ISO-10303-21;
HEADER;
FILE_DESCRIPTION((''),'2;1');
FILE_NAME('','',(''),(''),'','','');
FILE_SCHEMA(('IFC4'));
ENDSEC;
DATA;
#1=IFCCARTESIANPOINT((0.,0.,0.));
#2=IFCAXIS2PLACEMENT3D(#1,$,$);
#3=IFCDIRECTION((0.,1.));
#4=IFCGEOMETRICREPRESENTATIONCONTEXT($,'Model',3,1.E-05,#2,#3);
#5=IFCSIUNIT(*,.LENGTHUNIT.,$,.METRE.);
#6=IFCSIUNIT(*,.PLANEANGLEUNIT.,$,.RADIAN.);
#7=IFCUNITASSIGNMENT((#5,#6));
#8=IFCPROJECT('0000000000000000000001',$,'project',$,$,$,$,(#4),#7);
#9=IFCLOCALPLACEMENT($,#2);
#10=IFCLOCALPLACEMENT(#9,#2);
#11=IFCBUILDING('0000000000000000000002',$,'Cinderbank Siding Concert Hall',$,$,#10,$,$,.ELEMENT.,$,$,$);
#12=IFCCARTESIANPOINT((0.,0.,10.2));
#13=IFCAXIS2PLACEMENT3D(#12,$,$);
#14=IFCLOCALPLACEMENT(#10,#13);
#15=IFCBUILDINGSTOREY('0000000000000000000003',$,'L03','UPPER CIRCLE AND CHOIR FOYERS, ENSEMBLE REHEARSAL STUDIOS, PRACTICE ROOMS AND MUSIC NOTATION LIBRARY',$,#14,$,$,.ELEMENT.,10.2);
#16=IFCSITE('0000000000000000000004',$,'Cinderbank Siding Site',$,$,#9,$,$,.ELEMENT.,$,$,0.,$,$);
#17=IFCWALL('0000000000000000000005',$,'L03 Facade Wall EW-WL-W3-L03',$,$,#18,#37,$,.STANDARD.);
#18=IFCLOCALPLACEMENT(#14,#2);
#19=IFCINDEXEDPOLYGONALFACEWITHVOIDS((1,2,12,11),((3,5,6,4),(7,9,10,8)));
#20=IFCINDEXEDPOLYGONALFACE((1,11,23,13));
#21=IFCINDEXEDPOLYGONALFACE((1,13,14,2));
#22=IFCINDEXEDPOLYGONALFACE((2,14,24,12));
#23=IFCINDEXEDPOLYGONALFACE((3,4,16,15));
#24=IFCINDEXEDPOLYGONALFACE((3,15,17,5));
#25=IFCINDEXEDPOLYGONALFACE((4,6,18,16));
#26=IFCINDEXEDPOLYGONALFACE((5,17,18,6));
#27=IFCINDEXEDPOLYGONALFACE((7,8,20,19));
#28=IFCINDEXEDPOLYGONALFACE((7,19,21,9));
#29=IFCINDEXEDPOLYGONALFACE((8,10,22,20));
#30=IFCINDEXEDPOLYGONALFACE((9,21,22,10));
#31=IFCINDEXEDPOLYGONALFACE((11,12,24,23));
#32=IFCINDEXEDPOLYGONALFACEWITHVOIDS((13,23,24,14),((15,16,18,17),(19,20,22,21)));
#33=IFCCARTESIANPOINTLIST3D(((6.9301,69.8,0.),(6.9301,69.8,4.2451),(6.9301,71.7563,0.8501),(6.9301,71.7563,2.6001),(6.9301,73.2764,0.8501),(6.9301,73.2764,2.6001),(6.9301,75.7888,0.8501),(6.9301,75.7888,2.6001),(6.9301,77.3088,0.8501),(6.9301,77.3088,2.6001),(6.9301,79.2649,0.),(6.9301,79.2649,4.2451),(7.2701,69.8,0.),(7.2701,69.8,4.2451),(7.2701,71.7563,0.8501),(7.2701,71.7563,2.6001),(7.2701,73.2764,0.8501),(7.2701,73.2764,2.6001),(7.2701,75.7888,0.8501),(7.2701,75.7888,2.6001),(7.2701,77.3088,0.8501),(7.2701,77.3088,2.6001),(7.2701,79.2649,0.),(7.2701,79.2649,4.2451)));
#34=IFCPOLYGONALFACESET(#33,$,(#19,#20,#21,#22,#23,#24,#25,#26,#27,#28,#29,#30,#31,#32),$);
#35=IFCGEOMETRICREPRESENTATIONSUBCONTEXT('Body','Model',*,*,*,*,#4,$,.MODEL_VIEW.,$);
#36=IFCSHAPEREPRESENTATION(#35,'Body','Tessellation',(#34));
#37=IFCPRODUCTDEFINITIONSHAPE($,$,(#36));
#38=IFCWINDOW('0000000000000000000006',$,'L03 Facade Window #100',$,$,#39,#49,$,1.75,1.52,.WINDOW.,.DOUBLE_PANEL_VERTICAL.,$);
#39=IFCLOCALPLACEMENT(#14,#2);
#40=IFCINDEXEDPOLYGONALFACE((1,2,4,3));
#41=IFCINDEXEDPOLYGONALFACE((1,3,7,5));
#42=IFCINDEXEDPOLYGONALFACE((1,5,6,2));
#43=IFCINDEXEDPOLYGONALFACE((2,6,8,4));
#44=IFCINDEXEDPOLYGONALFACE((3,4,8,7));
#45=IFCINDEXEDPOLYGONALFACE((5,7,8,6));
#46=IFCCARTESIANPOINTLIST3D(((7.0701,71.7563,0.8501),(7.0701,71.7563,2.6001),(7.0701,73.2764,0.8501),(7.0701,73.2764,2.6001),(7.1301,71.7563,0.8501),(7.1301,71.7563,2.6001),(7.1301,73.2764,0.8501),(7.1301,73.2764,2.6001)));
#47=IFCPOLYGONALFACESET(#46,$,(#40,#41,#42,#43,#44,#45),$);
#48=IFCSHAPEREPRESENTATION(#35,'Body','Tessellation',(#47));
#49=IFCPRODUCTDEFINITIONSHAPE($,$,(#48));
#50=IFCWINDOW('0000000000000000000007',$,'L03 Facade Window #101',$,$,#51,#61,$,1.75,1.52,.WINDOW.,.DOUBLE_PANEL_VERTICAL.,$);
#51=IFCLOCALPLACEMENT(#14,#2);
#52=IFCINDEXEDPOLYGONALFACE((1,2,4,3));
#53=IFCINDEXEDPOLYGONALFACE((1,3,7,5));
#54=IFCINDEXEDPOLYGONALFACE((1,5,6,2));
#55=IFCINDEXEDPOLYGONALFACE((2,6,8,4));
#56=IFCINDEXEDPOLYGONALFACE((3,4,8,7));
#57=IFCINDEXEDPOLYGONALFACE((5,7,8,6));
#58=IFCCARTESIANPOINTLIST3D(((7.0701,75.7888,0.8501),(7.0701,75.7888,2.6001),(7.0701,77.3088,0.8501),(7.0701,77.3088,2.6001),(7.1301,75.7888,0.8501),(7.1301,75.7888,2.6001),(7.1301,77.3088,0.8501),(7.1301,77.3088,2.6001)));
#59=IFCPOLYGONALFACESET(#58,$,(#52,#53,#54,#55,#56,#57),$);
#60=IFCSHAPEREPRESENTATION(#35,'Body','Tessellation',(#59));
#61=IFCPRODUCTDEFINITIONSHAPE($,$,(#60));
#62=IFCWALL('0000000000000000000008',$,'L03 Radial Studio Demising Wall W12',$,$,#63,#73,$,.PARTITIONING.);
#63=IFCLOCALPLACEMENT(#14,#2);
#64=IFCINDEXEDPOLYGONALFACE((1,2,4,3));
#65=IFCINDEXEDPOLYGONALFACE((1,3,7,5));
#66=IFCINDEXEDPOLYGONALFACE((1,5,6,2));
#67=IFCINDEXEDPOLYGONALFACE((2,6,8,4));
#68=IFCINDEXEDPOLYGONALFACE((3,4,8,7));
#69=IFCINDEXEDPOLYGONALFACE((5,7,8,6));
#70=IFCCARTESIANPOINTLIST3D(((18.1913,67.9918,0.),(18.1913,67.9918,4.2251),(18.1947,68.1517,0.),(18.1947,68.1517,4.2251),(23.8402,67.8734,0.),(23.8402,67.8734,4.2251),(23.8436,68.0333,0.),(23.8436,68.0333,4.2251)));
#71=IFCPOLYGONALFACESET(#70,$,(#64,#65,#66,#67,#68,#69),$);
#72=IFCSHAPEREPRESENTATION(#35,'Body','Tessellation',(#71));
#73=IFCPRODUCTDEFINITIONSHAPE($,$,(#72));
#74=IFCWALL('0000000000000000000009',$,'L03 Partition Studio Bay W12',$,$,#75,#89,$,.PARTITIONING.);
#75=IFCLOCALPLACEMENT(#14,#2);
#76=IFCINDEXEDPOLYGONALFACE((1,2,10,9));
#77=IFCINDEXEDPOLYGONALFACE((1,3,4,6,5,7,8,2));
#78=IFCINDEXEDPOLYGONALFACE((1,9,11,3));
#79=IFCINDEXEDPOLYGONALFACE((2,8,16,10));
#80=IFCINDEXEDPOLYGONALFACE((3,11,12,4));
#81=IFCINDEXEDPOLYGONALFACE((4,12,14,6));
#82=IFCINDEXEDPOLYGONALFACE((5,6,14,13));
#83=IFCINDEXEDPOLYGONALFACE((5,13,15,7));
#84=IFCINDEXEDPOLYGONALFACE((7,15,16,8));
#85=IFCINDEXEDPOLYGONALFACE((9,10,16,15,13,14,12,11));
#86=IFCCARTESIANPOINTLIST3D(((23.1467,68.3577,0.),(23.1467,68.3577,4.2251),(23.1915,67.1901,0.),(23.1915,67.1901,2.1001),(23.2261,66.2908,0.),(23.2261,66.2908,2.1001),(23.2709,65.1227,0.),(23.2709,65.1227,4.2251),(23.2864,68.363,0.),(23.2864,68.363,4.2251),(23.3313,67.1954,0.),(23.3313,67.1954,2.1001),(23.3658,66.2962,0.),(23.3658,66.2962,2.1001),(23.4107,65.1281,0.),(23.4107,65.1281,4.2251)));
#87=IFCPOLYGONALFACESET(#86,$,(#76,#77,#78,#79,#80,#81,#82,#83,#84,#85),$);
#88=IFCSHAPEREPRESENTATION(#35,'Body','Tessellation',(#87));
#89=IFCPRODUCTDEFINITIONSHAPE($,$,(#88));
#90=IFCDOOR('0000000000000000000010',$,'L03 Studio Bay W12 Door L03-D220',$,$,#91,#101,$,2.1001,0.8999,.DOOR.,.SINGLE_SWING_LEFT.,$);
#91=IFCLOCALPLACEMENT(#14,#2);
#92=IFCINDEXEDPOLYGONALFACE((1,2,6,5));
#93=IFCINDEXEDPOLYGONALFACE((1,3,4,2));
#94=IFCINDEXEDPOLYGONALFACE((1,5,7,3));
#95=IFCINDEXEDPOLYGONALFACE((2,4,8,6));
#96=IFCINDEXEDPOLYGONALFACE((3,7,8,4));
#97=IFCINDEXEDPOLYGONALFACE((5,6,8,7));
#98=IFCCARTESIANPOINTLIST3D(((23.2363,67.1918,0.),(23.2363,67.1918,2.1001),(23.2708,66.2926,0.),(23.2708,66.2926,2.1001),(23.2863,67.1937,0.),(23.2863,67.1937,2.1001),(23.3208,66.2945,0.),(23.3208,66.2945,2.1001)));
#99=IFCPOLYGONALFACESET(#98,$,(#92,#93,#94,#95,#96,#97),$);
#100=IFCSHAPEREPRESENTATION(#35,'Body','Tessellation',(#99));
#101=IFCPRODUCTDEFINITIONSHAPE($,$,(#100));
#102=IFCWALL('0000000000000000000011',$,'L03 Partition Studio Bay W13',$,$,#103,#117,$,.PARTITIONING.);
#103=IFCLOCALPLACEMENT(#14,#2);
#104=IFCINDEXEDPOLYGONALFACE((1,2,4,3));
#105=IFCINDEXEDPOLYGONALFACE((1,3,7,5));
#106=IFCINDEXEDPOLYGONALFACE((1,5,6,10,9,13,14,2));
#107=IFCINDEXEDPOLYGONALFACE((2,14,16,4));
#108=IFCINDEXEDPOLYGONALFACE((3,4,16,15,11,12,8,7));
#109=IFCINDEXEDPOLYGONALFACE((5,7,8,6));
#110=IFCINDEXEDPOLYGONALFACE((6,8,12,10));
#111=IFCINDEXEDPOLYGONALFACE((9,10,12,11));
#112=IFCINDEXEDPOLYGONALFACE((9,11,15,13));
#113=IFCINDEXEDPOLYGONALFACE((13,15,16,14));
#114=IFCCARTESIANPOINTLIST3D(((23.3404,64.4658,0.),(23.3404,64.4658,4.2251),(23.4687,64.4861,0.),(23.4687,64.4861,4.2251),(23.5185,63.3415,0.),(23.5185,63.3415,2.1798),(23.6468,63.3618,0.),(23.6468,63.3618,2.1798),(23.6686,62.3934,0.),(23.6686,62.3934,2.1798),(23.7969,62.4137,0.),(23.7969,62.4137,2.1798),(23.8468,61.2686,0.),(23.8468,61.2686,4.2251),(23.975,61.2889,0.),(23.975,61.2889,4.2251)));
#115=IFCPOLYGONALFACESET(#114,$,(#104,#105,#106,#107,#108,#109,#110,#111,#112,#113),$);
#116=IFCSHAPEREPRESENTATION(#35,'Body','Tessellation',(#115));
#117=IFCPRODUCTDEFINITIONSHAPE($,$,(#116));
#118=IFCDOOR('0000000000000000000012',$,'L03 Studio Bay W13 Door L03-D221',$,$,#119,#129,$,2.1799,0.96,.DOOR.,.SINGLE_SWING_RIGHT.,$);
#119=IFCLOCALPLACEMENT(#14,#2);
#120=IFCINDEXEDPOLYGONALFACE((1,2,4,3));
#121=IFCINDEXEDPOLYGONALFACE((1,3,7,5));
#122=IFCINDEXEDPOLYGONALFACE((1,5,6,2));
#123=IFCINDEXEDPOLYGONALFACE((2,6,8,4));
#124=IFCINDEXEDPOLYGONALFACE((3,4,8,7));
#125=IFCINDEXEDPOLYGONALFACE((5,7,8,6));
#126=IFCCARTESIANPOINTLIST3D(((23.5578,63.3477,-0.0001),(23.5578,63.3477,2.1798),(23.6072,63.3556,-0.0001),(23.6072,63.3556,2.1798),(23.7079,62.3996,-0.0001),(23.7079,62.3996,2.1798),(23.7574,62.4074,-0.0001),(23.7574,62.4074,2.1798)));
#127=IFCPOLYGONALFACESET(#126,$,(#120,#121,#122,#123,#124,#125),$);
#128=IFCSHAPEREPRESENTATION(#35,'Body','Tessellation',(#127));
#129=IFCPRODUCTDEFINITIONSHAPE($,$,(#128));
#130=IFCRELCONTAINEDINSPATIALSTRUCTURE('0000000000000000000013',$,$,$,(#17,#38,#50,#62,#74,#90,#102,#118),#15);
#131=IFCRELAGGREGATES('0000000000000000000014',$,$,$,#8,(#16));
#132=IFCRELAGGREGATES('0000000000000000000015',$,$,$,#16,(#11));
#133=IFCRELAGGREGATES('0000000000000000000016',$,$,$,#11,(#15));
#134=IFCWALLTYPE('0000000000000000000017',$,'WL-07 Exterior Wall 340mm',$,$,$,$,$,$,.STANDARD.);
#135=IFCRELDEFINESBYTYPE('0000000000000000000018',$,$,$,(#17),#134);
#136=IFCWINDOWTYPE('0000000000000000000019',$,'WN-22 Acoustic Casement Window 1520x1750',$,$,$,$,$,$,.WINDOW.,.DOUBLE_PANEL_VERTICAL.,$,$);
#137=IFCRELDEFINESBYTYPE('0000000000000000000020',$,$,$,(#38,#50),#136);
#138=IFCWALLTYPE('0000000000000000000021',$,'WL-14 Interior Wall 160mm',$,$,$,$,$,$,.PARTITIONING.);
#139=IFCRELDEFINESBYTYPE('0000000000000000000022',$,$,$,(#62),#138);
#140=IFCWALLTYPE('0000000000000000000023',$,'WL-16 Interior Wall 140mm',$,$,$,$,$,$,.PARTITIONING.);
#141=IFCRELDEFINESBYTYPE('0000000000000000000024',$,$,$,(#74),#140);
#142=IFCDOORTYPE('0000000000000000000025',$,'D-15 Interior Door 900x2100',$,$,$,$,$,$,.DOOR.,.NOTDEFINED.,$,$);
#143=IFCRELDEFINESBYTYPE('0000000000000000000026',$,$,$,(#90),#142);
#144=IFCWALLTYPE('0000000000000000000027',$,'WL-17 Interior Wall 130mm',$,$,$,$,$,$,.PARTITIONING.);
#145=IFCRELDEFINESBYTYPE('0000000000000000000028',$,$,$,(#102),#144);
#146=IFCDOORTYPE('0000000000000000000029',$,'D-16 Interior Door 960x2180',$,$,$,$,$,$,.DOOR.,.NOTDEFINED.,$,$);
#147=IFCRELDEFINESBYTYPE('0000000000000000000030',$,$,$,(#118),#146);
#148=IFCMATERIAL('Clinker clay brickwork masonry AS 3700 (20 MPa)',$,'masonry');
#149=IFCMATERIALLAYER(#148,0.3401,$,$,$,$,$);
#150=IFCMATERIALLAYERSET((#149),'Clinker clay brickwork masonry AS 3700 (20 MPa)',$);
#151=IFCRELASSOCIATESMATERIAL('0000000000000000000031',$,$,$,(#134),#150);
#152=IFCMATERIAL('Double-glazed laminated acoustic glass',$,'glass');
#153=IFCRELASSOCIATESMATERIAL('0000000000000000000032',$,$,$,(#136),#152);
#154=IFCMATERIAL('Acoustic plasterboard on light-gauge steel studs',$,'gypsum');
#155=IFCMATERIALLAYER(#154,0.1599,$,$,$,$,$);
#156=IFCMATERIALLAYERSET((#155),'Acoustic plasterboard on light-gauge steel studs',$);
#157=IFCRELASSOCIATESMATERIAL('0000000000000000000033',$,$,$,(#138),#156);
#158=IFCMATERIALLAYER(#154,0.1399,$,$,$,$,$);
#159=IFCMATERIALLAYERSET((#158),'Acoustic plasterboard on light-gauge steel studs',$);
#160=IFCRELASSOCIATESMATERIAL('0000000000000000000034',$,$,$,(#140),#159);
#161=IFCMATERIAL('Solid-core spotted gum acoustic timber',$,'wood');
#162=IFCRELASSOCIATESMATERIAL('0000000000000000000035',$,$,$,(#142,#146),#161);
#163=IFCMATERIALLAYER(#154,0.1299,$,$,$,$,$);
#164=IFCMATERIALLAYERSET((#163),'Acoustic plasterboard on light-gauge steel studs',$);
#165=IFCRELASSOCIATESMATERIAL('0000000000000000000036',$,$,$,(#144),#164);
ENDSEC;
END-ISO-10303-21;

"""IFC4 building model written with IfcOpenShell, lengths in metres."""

from ifc_helpers import new_model, si_unit, direction, frame, frame_2d, origin, place, context, subcontext, project, spatial, rectangle, extrude, material, layer, layer_set, type_object, element, fill, save


model = new_model("IFC4")

# Units and contexts
model_context = context("Model", 3, precision=1e-05, world=origin(), true_north=direction((0.0, 1.0)))
body_context = subcontext(model_context, "Body", "Model", "MODEL_VIEW")
ifc_project = project(units=[si_unit("LENGTHUNIT", "METRE"), si_unit("PLANEANGLEUNIT", "RADIAN")], contexts=[model_context])

# Site, building, storey
site_placement = place(None, origin())
site = spatial("IfcSite", under=ifc_project, at=site_placement, Name="Cinderbank Siding Site", CompositionType="ELEMENT", RefElevation=0.0)
building_placement = place(site_placement, origin())
building = spatial("IfcBuilding", under=site, at=building_placement, Name="Cinderbank Siding Concert Hall", CompositionType="ELEMENT")
storey_placement = place(building_placement, frame((0.0, 0.0, 10.2)))
storey = spatial("IfcBuildingStorey", under=building, at=storey_placement, Name="L03", Description="UPPER CIRCLE AND CHOIR FOYERS, ENSEMBLE REHEARSAL STUDIOS, PRACTICE ROOMS AND MUSIC NOTATION LIBRARY", CompositionType="ELEMENT", Elevation=10.2)

# Shared definitions
ifc_material_1 = material(Name="Clinker clay brickwork masonry AS 3700 (20 MPa)", Category="masonry")
ifc_layer_1 = layer(ifc_material_1, 0.3401)
ifc_layer_set_1 = layer_set([ifc_layer_1], Name="Clinker clay brickwork masonry AS 3700 (20 MPa)")
wall_type_1 = type_object("IfcWallType", Name="WL-07 Exterior Wall 340mm", PredefinedType="STANDARD", material=ifc_layer_set_1)
ifc_material_2 = material(Name="Double-glazed laminated acoustic glass", Category="glass")

# Wall, openings, windows
wall_1_placement = place(storey_placement, frame((7.1001, 69.8, 0.0), z_axis=(0.0, 0.0, 1.0), x_axis=(0.0, 1.0, 0.0)))
wall_1 = element("IfcWall", 1, at=wall_1_placement, inside=storey, type_object=wall_type_1, Name="L03 Facade Wall EW-WL-W3-L03", PredefinedType="STANDARD", context=body_context, shape_type="SweptSolid", body=[
    extrude(rectangle(XDim=9.4648, YDim=0.3401, at=frame_2d((4.7324, 0.0))), origin(), (0.0, 0.0, 1.0), 4.2451),
])
opening_1_placement = place(wall_1_placement, frame((1.9563, 0.0, 0.8501)))
opening_1 = element("IfcOpeningElement", 2, at=opening_1_placement, cuts=wall_1, PredefinedType="OPENING", context=body_context, shape_type="SweptSolid", body=[
    extrude(rectangle(XDim=1.52, YDim=1.75, at=frame_2d((0.76, 0.875))), frame((0.0, 0.1821, 0.0), z_axis=(0.0, -1.0, 0.0), x_axis=(1.0, 0.0, 0.0)), (0.0, 0.0, 1.0), 0.364),
])
opening_2_placement = place(wall_1_placement, frame((5.9888, 0.0, 0.8501)))
opening_2 = element("IfcOpeningElement", 3, at=opening_2_placement, cuts=wall_1, PredefinedType="OPENING", context=body_context, shape_type="SweptSolid", body=[
    extrude(rectangle(XDim=1.52, YDim=1.75, at=frame_2d((0.76, 0.875))), frame((0.0, 0.1821, 0.0), z_axis=(0.0, -1.0, 0.0), x_axis=(1.0, 0.0, 0.0)), (0.0, 0.0, 1.0), 0.364),
])
window_type_1 = type_object("IfcWindowType", Name="WN-22 Acoustic Casement Window 1520x1750", PartitioningType="DOUBLE_PANEL_VERTICAL", PredefinedType="WINDOW", material=ifc_material_2)
window_1_placement = place(opening_1_placement, origin())
window_1 = element("IfcWindow", 4, at=window_1_placement, inside=storey, type_object=window_type_1, Name="L03 Facade Window #100", OverallHeight=1.75, OverallWidth=1.52, PartitioningType="DOUBLE_PANEL_VERTICAL", PredefinedType="WINDOW", context=body_context, shape_type="SweptSolid", body=[
    extrude(rectangle(XDim=1.52, YDim=1.75, at=frame_2d((0.76, 0.875))), frame((0.0, 0.03, 0.0), z_axis=(0.0, -1.0, 0.0), x_axis=(1.0, 0.0, 0.0)), (0.0, 0.0, 1.0), 0.0601),
])
fill(opening_1, window_1)
window_2_placement = place(opening_2_placement, origin())
window_2 = element("IfcWindow", 5, at=window_2_placement, inside=storey, type_object=window_type_1, Name="L03 Facade Window #101", OverallHeight=1.75, OverallWidth=1.52, PartitioningType="DOUBLE_PANEL_VERTICAL", PredefinedType="WINDOW", context=body_context, shape_type="SweptSolid", body=[
    extrude(rectangle(XDim=1.52, YDim=1.75, at=frame_2d((0.76, 0.875))), frame((0.0, 0.03, 0.0), z_axis=(0.0, -1.0, 0.0), x_axis=(1.0, 0.0, 0.0)), (0.0, 0.0, 1.0), 0.0601),
])
fill(opening_2, window_2)

# Wall
ifc_material_3 = material(Name="Acoustic plasterboard on light-gauge steel studs", Category="gypsum")
ifc_layer_2 = layer(ifc_material_3, 0.1599)
ifc_layer_set_2 = layer_set([ifc_layer_2], Name="Acoustic plasterboard on light-gauge steel studs")
wall_type_2 = type_object("IfcWallType", Name="WL-14 Interior Wall 160mm", PredefinedType="PARTITIONING", material=ifc_layer_set_2)
wall_2_placement = place(storey_placement, frame((23.842, 67.9534, 0.0), z_axis=(0.0, 0.0, 1.0), x_axis=(-0.99978, 0.020957, 0.0)))
element("IfcWall", 6, at=wall_2_placement, inside=storey, type_object=wall_type_2, Name="L03 Radial Studio Demising Wall W12", PredefinedType="PARTITIONING", context=body_context, shape_type="SweptSolid", body=[
    extrude(rectangle(XDim=5.6501, YDim=0.1599, at=frame_2d((2.8252, 0.0))), origin(), (0.0, 0.0, 1.0), 4.2251),
])

# Walls, openings, doors
ifc_material_4 = material(Name="Solid-core spotted gum acoustic timber", Category="wood")
ifc_layer_3 = layer(ifc_material_3, 0.1399)
ifc_layer_set_3 = layer_set([ifc_layer_3], Name="Acoustic plasterboard on light-gauge steel studs")
wall_type_3 = type_object("IfcWallType", Name="WL-16 Interior Wall 140mm", PredefinedType="PARTITIONING", material=ifc_layer_set_3)
wall_3_placement = place(storey_placement, frame((23.2166, 68.3604, 0.0), z_axis=(0.0, 0.0, 1.0), x_axis=(0.038387, -0.999263, 0.0)))
wall_3 = element("IfcWall", 7, at=wall_3_placement, inside=storey, type_object=wall_type_3, Name="L03 Partition Studio Bay W12", PredefinedType="PARTITIONING", context=body_context, shape_type="SweptSolid", body=[
    extrude(rectangle(XDim=3.2373, YDim=0.1399, at=frame_2d((1.6187, 0.0))), origin(), (0.0, 0.0, 1.0), 4.2251),
])
opening_3_placement = place(wall_3_placement, frame((1.1685, 0.0, 0.0)))
opening_3 = element("IfcOpeningElement", 8, at=opening_3_placement, cuts=wall_3, PredefinedType="OPENING", context=body_context, shape_type="SweptSolid", body=[
    extrude(rectangle(XDim=0.8999, YDim=2.1001, at=frame_2d((0.45, 1.05))), frame((0.0, 0.082, 0.0), z_axis=(0.0, -1.0, 0.0), x_axis=(1.0, 0.0, 0.0)), (0.0, 0.0, 1.0), 0.1638),
])
door_type_1 = type_object("IfcDoorType", Name="D-15 Interior Door 900x2100", OperationType="NOTDEFINED", PredefinedType="DOOR", material=ifc_material_4)
door_1_placement = place(opening_3_placement, origin())
door_1 = element("IfcDoor", 9, at=door_1_placement, inside=storey, type_object=door_type_1, Name="L03 Studio Bay W12 Door L03-D220", OperationType="SINGLE_SWING_LEFT", OverallHeight=2.1001, OverallWidth=0.8999, PredefinedType="DOOR", context=body_context, shape_type="SweptSolid", body=[
    extrude(rectangle(XDim=0.8999, YDim=2.1001, at=frame_2d((0.45, 1.05))), frame((0.0, 0.0249, 0.0), z_axis=(0.0, -1.0, 0.0), x_axis=(1.0, 0.0, 0.0)), (0.0, 0.0, 1.0), 0.05),
])
fill(opening_3, door_1)
ifc_layer_4 = layer(ifc_material_3, 0.1299)
ifc_layer_set_4 = layer_set([ifc_layer_4], Name="Acoustic plasterboard on light-gauge steel studs")
wall_type_4 = type_object("IfcWallType", Name="WL-17 Interior Wall 130mm", PredefinedType="PARTITIONING", material=ifc_layer_set_4)
wall_4_placement = place(storey_placement, frame((23.4045, 64.4761, 0.0), z_axis=(0.0, 0.0, 1.0), x_axis=(0.15642, -0.987691, 0.0)))
wall_4 = element("IfcWall", 10, at=wall_4_placement, inside=storey, type_object=wall_type_4, Name="L03 Partition Studio Bay W13", PredefinedType="PARTITIONING", context=body_context, shape_type="SweptSolid", body=[
    extrude(rectangle(XDim=3.2371, YDim=0.1299, at=frame_2d((1.6187, 0.0))), origin(), (0.0, 0.0, 1.0), 4.2251),
])
opening_4_placement = place(wall_4_placement, frame((1.1384, 0.0, 0.0)))
opening_4 = element("IfcOpeningElement", 11, at=opening_4_placement, cuts=wall_4, PredefinedType="OPENING", context=body_context, shape_type="SweptSolid", body=[
    extrude(rectangle(XDim=0.96, YDim=2.1799, at=frame_2d((0.48, 1.0898))), frame((0.0, 0.0769, 0.0), z_axis=(0.0, -1.0, 0.0), x_axis=(1.0, 0.0, 0.0)), (0.0, 0.0, 1.0), 0.1538),
])
door_type_2 = type_object("IfcDoorType", Name="D-16 Interior Door 960x2180", OperationType="NOTDEFINED", PredefinedType="DOOR", material=ifc_material_4)
door_2_placement = place(opening_4_placement, origin())
door_2 = element("IfcDoor", 12, at=door_2_placement, inside=storey, type_object=door_type_2, Name="L03 Studio Bay W13 Door L03-D221", OperationType="SINGLE_SWING_RIGHT", OverallHeight=2.1799, OverallWidth=0.96, PredefinedType="DOOR", context=body_context, shape_type="SweptSolid", body=[
    extrude(rectangle(XDim=0.96, YDim=2.1799, at=frame_2d((0.48, 1.0898))), frame((0.0, 0.0249, 0.0), z_axis=(0.0, -1.0, 0.0), x_axis=(1.0, 0.0, 0.0)), (0.0, 0.0, 1.0), 0.05),
])
fill(opening_4, door_2)

save(model, "model.ifc")
